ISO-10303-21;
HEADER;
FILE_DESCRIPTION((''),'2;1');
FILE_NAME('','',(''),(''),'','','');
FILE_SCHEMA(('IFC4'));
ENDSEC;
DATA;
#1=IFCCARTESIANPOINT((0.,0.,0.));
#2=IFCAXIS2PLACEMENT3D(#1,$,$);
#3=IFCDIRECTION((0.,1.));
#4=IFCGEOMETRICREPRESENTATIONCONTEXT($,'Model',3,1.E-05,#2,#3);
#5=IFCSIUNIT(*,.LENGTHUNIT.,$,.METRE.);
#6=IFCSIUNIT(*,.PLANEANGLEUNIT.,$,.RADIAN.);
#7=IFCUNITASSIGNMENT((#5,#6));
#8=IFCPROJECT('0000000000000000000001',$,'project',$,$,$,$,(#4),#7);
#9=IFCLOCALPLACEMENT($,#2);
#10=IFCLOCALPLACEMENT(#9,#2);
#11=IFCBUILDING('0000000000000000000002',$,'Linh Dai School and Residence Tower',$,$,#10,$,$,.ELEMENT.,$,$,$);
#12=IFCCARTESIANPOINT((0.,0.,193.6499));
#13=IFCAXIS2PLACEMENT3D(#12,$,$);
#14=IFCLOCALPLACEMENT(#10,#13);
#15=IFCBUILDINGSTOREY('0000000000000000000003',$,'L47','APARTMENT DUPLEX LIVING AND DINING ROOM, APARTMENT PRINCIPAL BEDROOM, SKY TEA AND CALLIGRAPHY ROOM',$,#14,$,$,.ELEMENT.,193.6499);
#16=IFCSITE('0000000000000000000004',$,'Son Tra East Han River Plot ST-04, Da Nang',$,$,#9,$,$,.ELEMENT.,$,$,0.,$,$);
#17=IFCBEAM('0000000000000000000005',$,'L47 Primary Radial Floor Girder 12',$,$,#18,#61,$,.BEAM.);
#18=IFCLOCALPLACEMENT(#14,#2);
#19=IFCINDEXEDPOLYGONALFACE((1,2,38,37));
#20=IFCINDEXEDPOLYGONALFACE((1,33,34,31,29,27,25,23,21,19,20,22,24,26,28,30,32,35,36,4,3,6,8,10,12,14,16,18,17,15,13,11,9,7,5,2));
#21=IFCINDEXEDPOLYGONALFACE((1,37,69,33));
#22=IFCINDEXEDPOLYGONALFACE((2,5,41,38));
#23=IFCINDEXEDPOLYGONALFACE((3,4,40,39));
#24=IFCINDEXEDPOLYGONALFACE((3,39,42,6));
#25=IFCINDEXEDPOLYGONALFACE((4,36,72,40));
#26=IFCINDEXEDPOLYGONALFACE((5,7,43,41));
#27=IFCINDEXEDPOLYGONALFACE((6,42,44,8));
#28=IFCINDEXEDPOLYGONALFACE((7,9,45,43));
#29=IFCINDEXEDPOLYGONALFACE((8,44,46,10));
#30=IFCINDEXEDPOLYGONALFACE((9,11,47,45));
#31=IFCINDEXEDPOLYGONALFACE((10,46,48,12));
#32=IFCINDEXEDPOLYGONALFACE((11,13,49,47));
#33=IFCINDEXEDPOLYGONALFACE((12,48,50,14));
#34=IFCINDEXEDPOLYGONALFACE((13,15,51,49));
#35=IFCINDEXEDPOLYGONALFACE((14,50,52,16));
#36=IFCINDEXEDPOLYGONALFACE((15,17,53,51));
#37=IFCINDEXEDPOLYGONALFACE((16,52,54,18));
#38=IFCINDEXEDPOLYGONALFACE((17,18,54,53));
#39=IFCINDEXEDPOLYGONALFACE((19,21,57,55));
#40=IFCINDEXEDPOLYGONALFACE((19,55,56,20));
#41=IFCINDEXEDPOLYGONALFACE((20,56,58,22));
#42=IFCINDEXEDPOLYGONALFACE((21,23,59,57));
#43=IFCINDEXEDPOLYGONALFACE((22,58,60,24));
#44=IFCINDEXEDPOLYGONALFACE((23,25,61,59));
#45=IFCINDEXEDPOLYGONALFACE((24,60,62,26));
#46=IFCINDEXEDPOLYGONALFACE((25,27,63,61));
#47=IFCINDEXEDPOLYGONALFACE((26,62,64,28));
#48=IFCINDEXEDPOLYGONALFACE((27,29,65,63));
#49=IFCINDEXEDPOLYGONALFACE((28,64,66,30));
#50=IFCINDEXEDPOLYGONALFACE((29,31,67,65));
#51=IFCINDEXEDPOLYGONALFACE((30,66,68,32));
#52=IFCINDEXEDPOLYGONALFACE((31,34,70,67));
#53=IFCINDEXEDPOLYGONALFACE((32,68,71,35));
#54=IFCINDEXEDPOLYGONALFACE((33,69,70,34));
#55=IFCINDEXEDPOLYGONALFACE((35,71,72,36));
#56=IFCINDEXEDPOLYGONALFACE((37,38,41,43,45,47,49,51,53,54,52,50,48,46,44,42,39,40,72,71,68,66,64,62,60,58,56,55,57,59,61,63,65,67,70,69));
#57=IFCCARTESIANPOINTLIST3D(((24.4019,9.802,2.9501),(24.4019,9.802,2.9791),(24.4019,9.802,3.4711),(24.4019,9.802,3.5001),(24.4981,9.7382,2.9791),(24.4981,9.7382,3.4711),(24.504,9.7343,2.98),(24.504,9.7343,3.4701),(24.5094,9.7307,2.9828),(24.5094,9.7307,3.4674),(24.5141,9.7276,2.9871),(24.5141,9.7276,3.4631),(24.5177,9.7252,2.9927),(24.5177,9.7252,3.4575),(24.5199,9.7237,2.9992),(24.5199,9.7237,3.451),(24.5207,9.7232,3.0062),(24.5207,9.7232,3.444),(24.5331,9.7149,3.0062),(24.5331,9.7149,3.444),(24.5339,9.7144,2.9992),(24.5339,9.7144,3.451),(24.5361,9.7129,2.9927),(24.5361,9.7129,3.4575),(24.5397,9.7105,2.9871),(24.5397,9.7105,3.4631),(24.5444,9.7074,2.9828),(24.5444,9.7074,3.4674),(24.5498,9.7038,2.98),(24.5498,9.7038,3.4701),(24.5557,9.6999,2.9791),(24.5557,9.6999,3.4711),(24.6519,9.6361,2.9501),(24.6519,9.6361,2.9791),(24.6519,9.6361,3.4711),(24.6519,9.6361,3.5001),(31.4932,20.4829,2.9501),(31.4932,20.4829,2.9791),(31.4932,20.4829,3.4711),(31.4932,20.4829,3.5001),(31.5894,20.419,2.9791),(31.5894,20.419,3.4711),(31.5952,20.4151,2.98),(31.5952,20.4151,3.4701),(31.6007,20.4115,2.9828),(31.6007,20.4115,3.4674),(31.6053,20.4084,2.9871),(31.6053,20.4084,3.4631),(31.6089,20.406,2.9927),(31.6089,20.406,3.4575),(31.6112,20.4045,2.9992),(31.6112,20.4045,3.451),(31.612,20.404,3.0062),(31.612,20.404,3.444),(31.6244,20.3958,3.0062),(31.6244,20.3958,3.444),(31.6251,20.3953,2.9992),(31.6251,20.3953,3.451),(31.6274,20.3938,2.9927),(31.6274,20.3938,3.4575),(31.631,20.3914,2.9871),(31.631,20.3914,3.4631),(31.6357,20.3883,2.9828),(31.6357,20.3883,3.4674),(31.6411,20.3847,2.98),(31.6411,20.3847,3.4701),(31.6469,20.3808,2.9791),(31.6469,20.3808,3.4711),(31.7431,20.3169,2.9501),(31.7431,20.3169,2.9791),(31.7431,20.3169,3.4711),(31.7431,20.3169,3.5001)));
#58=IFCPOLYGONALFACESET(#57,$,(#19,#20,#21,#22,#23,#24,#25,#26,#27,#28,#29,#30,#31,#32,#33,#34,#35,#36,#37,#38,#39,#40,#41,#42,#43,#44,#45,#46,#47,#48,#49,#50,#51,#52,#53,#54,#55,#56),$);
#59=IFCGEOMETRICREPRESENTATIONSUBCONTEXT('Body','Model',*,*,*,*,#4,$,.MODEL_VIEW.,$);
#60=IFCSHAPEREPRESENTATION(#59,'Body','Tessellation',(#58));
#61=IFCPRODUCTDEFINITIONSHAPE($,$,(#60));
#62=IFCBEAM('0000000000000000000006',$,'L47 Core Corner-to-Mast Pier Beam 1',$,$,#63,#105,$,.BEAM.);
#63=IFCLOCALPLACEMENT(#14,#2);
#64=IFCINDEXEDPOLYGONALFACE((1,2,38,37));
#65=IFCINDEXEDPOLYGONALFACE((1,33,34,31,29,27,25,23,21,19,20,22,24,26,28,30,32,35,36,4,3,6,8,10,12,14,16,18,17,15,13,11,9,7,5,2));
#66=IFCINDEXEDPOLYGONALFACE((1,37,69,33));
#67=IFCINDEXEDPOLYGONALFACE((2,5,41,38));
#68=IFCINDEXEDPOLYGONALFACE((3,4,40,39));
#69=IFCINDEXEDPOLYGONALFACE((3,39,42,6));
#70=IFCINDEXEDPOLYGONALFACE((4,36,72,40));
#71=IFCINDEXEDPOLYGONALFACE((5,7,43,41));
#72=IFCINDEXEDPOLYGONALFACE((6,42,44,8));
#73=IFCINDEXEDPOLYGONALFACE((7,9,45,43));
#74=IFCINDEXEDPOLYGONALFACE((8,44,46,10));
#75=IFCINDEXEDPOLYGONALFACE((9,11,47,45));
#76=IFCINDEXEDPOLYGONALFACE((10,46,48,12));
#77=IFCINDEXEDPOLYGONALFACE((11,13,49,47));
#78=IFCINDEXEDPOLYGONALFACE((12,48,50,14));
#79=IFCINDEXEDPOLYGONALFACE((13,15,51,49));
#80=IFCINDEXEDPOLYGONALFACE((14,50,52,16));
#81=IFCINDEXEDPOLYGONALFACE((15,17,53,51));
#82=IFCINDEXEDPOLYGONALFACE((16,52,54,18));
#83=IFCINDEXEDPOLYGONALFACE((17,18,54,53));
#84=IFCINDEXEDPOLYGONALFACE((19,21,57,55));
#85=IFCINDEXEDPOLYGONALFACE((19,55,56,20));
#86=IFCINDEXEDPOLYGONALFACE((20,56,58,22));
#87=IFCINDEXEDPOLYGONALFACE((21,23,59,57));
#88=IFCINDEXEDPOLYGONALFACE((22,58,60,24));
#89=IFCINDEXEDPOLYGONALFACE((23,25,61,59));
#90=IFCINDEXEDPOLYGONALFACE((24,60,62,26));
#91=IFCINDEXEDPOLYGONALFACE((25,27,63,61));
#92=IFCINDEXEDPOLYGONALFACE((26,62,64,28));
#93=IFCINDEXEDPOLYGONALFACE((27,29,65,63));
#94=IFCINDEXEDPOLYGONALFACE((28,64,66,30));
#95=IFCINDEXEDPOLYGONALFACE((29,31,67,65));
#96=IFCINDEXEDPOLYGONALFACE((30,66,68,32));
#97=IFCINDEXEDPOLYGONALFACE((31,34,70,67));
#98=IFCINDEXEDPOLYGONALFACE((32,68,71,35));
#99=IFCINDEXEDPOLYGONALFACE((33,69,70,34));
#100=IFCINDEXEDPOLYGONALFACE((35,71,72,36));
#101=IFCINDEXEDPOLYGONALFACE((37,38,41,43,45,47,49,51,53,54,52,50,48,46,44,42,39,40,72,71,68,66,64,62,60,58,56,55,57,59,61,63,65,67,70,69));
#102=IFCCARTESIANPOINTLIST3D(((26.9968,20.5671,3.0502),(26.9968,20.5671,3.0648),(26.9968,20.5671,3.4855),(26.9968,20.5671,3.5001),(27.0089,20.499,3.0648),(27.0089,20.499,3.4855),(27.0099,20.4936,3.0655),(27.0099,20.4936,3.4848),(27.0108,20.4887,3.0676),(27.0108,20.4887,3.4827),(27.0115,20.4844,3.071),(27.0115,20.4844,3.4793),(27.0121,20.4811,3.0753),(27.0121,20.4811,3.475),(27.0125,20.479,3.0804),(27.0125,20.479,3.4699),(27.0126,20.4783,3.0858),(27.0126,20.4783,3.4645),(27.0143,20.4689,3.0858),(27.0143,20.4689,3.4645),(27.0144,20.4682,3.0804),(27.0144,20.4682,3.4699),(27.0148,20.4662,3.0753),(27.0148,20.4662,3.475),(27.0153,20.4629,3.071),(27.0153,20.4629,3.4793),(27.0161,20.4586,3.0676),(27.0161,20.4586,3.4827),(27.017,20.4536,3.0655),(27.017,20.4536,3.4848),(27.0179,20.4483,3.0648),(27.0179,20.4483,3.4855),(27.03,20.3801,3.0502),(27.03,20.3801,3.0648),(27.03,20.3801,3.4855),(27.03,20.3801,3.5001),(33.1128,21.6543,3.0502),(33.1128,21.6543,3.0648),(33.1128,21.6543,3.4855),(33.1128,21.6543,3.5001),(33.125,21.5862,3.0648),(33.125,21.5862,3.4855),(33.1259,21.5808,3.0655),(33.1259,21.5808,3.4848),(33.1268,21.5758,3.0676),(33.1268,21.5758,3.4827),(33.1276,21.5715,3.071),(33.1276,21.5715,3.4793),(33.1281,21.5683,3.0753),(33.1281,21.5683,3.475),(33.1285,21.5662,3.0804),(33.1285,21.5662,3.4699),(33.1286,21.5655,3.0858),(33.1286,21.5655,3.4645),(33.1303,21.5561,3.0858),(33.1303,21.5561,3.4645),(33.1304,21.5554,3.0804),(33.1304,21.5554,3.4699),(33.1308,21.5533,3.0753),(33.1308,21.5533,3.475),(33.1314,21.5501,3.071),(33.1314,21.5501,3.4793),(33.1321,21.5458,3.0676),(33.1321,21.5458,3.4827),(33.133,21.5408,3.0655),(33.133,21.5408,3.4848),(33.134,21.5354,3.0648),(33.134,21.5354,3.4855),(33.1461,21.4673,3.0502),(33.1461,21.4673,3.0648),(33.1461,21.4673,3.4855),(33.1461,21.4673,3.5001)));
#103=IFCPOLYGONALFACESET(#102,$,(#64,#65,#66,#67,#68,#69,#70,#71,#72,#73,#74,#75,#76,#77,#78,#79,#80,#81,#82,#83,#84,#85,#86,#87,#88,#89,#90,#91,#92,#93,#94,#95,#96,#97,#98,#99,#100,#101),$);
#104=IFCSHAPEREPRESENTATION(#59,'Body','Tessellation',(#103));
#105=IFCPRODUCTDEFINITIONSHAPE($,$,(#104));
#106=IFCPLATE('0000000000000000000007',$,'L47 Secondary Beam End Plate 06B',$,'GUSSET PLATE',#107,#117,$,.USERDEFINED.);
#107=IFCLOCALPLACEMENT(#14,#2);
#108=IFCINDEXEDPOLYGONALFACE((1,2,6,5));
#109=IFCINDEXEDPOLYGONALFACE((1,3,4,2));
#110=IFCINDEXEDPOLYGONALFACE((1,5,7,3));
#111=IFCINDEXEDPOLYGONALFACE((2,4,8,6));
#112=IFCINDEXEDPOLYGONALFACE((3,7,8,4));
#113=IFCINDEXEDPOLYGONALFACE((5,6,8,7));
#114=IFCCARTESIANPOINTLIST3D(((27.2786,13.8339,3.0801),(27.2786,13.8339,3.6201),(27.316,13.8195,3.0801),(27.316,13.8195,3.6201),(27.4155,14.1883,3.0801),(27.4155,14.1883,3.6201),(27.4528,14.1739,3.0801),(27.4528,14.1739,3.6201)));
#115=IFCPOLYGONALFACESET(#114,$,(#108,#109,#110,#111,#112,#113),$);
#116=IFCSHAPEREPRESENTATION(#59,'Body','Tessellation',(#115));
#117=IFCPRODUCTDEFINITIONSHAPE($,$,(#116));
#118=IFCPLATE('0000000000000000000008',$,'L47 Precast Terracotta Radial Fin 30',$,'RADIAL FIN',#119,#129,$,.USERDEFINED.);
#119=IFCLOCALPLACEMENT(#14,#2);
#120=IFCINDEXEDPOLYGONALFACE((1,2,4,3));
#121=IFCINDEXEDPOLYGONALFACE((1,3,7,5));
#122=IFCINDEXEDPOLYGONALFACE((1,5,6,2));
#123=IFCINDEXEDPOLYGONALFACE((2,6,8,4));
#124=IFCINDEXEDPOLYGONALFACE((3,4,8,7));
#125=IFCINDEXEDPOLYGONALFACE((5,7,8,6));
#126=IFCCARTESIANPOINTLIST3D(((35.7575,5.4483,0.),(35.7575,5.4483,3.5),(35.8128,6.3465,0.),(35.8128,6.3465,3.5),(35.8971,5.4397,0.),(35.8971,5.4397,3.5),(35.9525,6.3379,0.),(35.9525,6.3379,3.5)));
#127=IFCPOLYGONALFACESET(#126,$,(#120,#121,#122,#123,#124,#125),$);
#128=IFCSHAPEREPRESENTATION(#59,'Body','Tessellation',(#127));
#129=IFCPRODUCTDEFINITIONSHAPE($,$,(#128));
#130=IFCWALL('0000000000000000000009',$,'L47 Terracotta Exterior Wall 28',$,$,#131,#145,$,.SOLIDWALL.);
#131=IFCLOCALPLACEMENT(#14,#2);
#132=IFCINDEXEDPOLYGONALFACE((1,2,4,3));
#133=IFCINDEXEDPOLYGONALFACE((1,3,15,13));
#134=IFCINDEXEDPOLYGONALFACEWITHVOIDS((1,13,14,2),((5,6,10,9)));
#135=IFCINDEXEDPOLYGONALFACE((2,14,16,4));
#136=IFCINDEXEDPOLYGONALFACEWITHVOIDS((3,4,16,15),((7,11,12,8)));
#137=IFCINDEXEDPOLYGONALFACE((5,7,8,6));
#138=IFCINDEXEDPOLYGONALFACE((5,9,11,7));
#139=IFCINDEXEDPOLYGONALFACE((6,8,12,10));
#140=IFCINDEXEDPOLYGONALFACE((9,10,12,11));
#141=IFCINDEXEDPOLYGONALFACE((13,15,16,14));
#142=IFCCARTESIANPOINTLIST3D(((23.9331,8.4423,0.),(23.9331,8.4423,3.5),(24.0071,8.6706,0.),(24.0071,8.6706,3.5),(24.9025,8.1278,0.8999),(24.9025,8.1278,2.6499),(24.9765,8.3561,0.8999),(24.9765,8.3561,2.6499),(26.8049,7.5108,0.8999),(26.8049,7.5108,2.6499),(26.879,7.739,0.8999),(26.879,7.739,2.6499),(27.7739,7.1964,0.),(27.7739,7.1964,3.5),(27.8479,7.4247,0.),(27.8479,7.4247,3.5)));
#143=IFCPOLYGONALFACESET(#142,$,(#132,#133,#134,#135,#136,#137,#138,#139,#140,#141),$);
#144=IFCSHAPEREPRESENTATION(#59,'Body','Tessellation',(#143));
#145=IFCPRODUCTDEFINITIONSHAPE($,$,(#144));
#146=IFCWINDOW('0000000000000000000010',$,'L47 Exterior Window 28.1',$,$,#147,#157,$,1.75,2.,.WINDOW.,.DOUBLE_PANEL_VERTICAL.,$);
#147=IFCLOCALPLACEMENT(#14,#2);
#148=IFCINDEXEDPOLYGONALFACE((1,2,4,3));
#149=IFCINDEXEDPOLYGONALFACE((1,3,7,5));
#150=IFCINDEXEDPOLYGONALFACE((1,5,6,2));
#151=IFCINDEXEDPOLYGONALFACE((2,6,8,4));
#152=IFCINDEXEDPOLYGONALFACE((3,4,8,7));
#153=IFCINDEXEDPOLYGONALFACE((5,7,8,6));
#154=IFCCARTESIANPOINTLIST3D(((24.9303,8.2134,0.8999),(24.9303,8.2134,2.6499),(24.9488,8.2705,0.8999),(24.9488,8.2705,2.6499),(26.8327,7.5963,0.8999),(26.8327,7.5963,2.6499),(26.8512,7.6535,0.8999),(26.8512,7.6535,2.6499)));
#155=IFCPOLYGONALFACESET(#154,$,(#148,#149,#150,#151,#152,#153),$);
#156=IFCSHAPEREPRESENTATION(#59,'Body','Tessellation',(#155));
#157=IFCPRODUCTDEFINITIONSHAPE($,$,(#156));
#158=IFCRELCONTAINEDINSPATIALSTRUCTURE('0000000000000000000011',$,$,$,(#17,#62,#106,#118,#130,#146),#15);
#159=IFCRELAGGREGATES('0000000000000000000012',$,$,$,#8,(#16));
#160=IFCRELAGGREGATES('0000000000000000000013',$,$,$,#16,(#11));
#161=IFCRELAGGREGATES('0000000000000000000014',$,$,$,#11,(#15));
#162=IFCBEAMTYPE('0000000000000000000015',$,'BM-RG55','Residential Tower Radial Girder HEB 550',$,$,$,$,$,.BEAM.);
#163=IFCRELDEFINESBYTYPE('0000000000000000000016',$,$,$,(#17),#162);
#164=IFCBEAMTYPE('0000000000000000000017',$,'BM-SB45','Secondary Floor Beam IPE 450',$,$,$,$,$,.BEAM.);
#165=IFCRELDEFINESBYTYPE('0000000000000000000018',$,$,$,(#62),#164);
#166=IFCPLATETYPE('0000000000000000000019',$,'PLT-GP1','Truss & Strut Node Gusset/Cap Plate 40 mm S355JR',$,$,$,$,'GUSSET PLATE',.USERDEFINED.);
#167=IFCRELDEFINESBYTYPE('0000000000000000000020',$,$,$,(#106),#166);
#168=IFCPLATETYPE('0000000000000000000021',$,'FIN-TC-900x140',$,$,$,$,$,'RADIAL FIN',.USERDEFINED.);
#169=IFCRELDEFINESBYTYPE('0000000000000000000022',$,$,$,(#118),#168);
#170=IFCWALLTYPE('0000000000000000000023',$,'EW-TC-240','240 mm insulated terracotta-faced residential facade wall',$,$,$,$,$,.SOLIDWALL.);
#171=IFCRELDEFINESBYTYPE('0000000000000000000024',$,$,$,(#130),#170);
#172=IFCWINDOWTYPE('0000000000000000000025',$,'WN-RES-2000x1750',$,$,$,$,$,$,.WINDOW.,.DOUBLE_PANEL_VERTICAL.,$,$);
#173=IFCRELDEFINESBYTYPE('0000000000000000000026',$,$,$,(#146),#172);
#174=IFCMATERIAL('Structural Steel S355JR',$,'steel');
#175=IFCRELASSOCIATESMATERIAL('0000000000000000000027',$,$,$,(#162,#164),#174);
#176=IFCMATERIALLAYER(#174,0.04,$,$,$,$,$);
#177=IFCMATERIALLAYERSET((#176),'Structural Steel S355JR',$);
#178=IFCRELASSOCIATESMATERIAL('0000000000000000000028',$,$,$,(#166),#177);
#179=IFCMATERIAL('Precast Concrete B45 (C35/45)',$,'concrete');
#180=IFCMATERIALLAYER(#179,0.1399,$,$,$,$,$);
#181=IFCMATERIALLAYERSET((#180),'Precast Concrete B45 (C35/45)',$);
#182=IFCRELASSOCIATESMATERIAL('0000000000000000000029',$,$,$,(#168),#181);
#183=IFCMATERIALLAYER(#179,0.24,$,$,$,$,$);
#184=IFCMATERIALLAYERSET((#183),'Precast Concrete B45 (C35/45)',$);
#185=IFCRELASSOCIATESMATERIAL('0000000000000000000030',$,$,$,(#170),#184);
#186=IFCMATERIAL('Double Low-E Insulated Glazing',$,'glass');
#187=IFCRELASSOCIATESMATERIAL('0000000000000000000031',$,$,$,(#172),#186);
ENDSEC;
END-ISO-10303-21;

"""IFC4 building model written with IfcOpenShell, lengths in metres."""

from ifc_helpers import new_model, si_unit, direction, frame, frame_2d, origin, origin_2d, place, context, subcontext, project, spatial, rectangle, i_section, extrude, source, transform, mapped, material, layer, layer_set, material_profile, profile_set, type_object, element, fill, save


model = new_model("IFC4")

# Units and contexts
model_context = context("Model", 3, precision=1e-05, world=origin(), true_north=direction((0.0, 1.0)))
body_context = subcontext(model_context, "Body", "Model", "MODEL_VIEW")
ifc_project = project(units=[si_unit("LENGTHUNIT", "METRE"), si_unit("PLANEANGLEUNIT", "RADIAN")], contexts=[model_context])

# Site, building, storey
site_placement = place(None, origin())
site = spatial("IfcSite", under=ifc_project, at=site_placement, Name="Son Tra East Han River Plot ST-04, Da Nang", CompositionType="ELEMENT", RefElevation=0.0)
building_placement = place(site_placement, origin())
building = spatial("IfcBuilding", under=site, at=building_placement, Name="Linh Dai School and Residence Tower", CompositionType="ELEMENT")
storey_placement = place(building_placement, frame((0.0, 0.0, 193.6499)))
storey = spatial("IfcBuildingStorey", under=building, at=storey_placement, Name="L47", Description="APARTMENT DUPLEX LIVING AND DINING ROOM, APARTMENT PRINCIPAL BEDROOM, SKY TEA AND CALLIGRAPHY ROOM", CompositionType="ELEMENT", Elevation=193.6499)

# Beams
ifc_material_1 = material(Name="Structural Steel S355JR", Category="steel")
ifc_material_profile_1 = material_profile(ifc_material_1, i_section(OverallWidth=0.3, OverallDepth=0.55, WebThickness=0.0149, FlangeThickness=0.0291, FilletRadius=0.0271, at=origin_2d()), Name="HEB 550")
ifc_profile_set_1 = profile_set([ifc_material_profile_1], Name="Structural Steel S355JR")
beam_type_1 = type_object("IfcBeamType", Name="BM-RG55", Description="Residential Tower Radial Girder HEB 550", PredefinedType="BEAM", material=ifc_profile_set_1)
beam_1_placement = place(storey_placement, frame((31.6182, 20.3999, 3.2251), z_axis=(-0.553117, -0.833103, 0.0), x_axis=(0.833103, -0.553117, 0.0)))
element("IfcBeam", 1, at=beam_1_placement, inside=storey, type_object=beam_type_1, Name="L47 Primary Radial Floor Girder 12", PredefinedType="BEAM", context=body_context, shape_type="SweptSolid", body=[
    extrude(i_section(OverallWidth=0.3, OverallDepth=0.55, WebThickness=0.0149, FlangeThickness=0.0291, FilletRadius=0.0271, at=origin_2d()), origin(), (0.0, 0.0, 1.0), 12.8206),
])
ifc_material_profile_2 = material_profile(ifc_material_1, i_section(OverallWidth=0.1899, OverallDepth=0.45, WebThickness=0.0095, FlangeThickness=0.0146, FilletRadius=0.021, at=origin_2d()), Name="IPE 450")
ifc_profile_set_2 = profile_set([ifc_material_profile_2], Name="Structural Steel S355JR")
beam_type_2 = type_object("IfcBeamType", Name="BM-SB45", Description="Secondary Floor Beam IPE 450", PredefinedType="BEAM", material=ifc_profile_set_2)
beam_2_placement = place(storey_placement, frame((27.0134, 20.4736, 3.2751), z_axis=(0.984566, 0.175014, 0.0), x_axis=(-0.175014, 0.984566, 0.0)))
element("IfcBeam", 2, at=beam_2_placement, inside=storey, type_object=beam_type_2, Name="L47 Core Corner-to-Mast Pier Beam 1", PredefinedType="BEAM", context=body_context, shape_type="SweptSolid", body=[
    extrude(i_section(OverallWidth=0.1899, OverallDepth=0.45, WebThickness=0.0095, FlangeThickness=0.0146, FilletRadius=0.021, at=origin_2d()), origin(), (0.0, 0.0, 1.0), 6.2119),
])

# Plates
ifc_layer_1 = layer(ifc_material_1, 0.04)
ifc_layer_set_1 = layer_set([ifc_layer_1], Name="Structural Steel S355JR")
plate_type_1 = type_object("IfcPlateType", Name="PLT-GP1", Description="Truss & Strut Node Gusset/Cap Plate 40 mm S355JR", ElementType="GUSSET PLATE", PredefinedType="USERDEFINED", material=ifc_layer_set_1)
shared_shape_1 = source(origin(), body_context, "Body", "SweptSolid", [
    extrude(rectangle(XDim=0.04, YDim=0.3799, at=origin_2d()), origin(), (0.0, 0.0, 1.0), 0.54),
])
plate_1_placement = place(storey_placement, frame((27.3657, 14.0039, 3.0801), z_axis=(0.0, 0.0, 1.0), x_axis=(0.932823, -0.360335, 0.0)))
element("IfcPlate", 3, at=plate_1_placement, inside=storey, type_object=plate_type_1, Name="L47 Secondary Beam End Plate 06B", ObjectType="GUSSET PLATE", PredefinedType="USERDEFINED", context=body_context, shape_type="MappedRepresentation", body=[
    mapped(shared_shape_1, transform((0.0, 0.0, 0.0), x_axis=(1.0, 0.0, 0.0), y_axis=(0.0, 1.0, 0.0), z_axis=(0.0, 0.0, 1.0), scale=1.0)),
])
ifc_material_2 = material(Name="Precast Concrete B45 (C35/45)", Category="concrete")
ifc_layer_2 = layer(ifc_material_2, 0.1399)
ifc_layer_set_2 = layer_set([ifc_layer_2], Name="Precast Concrete B45 (C35/45)")
plate_type_2 = type_object("IfcPlateType", Name="FIN-TC-900x140", ElementType="RADIAL FIN", PredefinedType="USERDEFINED", material=ifc_layer_set_2)
shared_shape_2 = source(origin(), body_context, "Body", "SweptSolid", [
    extrude(rectangle(XDim=0.8999, YDim=0.1399, at=origin_2d()), origin(), (0.0, 0.0, 1.0), 3.5),
])
plate_2_placement = place(storey_placement, frame((35.855, 5.8931, 0.0), z_axis=(0.0, 0.0, 1.0), x_axis=(-0.061512, -0.998106, 0.0)))
element("IfcPlate", 4, at=plate_2_placement, inside=storey, type_object=plate_type_2, Name="L47 Precast Terracotta Radial Fin 30", ObjectType="RADIAL FIN", PredefinedType="USERDEFINED", context=body_context, shape_type="MappedRepresentation", body=[
    mapped(shared_shape_2, transform((0.0, 0.0, 0.0), x_axis=(1.0, 0.0, 0.0), y_axis=(0.0, 1.0, 0.0), z_axis=(0.0, 0.0, 1.0), scale=1.0)),
])

# Wall, opening, window
ifc_layer_3 = layer(ifc_material_2, 0.24)
ifc_layer_set_3 = layer_set([ifc_layer_3], Name="Precast Concrete B45 (C35/45)")
wall_type_1 = type_object("IfcWallType", Name="EW-TC-240", Description="240 mm insulated terracotta-faced residential facade wall", PredefinedType="SOLIDWALL", material=ifc_layer_set_3)
wall_1_placement = place(storey_placement, frame((27.811, 7.3105, 0.0), z_axis=(0.0, 0.0, 1.0), x_axis=(-0.95121, 0.308545, 0.0)))
wall_1 = element("IfcWall", 5, at=wall_1_placement, inside=storey, type_object=wall_type_1, Name="L47 Terracotta Exterior Wall 28", PredefinedType="SOLIDWALL", context=body_context, shape_type="SweptSolid", body=[
    extrude(rectangle(XDim=4.0378, YDim=0.24, at=frame_2d((2.019, 0.0))), origin(), (0.0, 0.0, 1.0), 3.5),
])
opening_1_placement = place(wall_1_placement, frame((1.0188, 0.0, 0.8999)))
opening_1 = element("IfcOpeningElement", 6, at=opening_1_placement, cuts=wall_1, PredefinedType="OPENING", context=body_context, shape_type="SweptSolid", body=[
    extrude(rectangle(XDim=2.0, YDim=1.75, at=origin_2d()), frame((1.0, 0.1299, 0.875), z_axis=(0.0, -1.0, 0.0), x_axis=(1.0, 0.0, 0.0)), (0.0, 0.0, 1.0), 0.26),
])
ifc_material_3 = material(Name="Double Low-E Insulated Glazing", Category="glass")
window_type = type_object("IfcWindowType", Name="WN-RES-2000x1750", PartitioningType="DOUBLE_PANEL_VERTICAL", PredefinedType="WINDOW", material=ifc_material_3)
shared_shape_3 = source(origin(), body_context, "Body", "SweptSolid", [
    extrude(rectangle(XDim=2.0, YDim=1.75, at=origin_2d()), frame((1.0, 0.03, 0.875), z_axis=(0.0, -1.0, 0.0), x_axis=(1.0, 0.0, 0.0)), (0.0, 0.0, 1.0), 0.0601),
])
window_1_placement = place(opening_1_placement, origin())
window_1 = element("IfcWindow", 7, at=window_1_placement, inside=storey, type_object=window_type, Name="L47 Exterior Window 28.1", OverallHeight=1.75, OverallWidth=2.0, PartitioningType="DOUBLE_PANEL_VERTICAL", PredefinedType="WINDOW", context=body_context, shape_type="MappedRepresentation", body=[
    mapped(shared_shape_3, transform((0.0, 0.0, 0.0), x_axis=(1.0, 0.0, 0.0), y_axis=(0.0, 1.0, 0.0), z_axis=(0.0, 0.0, 1.0), scale=1.0)),
])
fill(opening_1, window_1)

save(model, "model.ifc")
